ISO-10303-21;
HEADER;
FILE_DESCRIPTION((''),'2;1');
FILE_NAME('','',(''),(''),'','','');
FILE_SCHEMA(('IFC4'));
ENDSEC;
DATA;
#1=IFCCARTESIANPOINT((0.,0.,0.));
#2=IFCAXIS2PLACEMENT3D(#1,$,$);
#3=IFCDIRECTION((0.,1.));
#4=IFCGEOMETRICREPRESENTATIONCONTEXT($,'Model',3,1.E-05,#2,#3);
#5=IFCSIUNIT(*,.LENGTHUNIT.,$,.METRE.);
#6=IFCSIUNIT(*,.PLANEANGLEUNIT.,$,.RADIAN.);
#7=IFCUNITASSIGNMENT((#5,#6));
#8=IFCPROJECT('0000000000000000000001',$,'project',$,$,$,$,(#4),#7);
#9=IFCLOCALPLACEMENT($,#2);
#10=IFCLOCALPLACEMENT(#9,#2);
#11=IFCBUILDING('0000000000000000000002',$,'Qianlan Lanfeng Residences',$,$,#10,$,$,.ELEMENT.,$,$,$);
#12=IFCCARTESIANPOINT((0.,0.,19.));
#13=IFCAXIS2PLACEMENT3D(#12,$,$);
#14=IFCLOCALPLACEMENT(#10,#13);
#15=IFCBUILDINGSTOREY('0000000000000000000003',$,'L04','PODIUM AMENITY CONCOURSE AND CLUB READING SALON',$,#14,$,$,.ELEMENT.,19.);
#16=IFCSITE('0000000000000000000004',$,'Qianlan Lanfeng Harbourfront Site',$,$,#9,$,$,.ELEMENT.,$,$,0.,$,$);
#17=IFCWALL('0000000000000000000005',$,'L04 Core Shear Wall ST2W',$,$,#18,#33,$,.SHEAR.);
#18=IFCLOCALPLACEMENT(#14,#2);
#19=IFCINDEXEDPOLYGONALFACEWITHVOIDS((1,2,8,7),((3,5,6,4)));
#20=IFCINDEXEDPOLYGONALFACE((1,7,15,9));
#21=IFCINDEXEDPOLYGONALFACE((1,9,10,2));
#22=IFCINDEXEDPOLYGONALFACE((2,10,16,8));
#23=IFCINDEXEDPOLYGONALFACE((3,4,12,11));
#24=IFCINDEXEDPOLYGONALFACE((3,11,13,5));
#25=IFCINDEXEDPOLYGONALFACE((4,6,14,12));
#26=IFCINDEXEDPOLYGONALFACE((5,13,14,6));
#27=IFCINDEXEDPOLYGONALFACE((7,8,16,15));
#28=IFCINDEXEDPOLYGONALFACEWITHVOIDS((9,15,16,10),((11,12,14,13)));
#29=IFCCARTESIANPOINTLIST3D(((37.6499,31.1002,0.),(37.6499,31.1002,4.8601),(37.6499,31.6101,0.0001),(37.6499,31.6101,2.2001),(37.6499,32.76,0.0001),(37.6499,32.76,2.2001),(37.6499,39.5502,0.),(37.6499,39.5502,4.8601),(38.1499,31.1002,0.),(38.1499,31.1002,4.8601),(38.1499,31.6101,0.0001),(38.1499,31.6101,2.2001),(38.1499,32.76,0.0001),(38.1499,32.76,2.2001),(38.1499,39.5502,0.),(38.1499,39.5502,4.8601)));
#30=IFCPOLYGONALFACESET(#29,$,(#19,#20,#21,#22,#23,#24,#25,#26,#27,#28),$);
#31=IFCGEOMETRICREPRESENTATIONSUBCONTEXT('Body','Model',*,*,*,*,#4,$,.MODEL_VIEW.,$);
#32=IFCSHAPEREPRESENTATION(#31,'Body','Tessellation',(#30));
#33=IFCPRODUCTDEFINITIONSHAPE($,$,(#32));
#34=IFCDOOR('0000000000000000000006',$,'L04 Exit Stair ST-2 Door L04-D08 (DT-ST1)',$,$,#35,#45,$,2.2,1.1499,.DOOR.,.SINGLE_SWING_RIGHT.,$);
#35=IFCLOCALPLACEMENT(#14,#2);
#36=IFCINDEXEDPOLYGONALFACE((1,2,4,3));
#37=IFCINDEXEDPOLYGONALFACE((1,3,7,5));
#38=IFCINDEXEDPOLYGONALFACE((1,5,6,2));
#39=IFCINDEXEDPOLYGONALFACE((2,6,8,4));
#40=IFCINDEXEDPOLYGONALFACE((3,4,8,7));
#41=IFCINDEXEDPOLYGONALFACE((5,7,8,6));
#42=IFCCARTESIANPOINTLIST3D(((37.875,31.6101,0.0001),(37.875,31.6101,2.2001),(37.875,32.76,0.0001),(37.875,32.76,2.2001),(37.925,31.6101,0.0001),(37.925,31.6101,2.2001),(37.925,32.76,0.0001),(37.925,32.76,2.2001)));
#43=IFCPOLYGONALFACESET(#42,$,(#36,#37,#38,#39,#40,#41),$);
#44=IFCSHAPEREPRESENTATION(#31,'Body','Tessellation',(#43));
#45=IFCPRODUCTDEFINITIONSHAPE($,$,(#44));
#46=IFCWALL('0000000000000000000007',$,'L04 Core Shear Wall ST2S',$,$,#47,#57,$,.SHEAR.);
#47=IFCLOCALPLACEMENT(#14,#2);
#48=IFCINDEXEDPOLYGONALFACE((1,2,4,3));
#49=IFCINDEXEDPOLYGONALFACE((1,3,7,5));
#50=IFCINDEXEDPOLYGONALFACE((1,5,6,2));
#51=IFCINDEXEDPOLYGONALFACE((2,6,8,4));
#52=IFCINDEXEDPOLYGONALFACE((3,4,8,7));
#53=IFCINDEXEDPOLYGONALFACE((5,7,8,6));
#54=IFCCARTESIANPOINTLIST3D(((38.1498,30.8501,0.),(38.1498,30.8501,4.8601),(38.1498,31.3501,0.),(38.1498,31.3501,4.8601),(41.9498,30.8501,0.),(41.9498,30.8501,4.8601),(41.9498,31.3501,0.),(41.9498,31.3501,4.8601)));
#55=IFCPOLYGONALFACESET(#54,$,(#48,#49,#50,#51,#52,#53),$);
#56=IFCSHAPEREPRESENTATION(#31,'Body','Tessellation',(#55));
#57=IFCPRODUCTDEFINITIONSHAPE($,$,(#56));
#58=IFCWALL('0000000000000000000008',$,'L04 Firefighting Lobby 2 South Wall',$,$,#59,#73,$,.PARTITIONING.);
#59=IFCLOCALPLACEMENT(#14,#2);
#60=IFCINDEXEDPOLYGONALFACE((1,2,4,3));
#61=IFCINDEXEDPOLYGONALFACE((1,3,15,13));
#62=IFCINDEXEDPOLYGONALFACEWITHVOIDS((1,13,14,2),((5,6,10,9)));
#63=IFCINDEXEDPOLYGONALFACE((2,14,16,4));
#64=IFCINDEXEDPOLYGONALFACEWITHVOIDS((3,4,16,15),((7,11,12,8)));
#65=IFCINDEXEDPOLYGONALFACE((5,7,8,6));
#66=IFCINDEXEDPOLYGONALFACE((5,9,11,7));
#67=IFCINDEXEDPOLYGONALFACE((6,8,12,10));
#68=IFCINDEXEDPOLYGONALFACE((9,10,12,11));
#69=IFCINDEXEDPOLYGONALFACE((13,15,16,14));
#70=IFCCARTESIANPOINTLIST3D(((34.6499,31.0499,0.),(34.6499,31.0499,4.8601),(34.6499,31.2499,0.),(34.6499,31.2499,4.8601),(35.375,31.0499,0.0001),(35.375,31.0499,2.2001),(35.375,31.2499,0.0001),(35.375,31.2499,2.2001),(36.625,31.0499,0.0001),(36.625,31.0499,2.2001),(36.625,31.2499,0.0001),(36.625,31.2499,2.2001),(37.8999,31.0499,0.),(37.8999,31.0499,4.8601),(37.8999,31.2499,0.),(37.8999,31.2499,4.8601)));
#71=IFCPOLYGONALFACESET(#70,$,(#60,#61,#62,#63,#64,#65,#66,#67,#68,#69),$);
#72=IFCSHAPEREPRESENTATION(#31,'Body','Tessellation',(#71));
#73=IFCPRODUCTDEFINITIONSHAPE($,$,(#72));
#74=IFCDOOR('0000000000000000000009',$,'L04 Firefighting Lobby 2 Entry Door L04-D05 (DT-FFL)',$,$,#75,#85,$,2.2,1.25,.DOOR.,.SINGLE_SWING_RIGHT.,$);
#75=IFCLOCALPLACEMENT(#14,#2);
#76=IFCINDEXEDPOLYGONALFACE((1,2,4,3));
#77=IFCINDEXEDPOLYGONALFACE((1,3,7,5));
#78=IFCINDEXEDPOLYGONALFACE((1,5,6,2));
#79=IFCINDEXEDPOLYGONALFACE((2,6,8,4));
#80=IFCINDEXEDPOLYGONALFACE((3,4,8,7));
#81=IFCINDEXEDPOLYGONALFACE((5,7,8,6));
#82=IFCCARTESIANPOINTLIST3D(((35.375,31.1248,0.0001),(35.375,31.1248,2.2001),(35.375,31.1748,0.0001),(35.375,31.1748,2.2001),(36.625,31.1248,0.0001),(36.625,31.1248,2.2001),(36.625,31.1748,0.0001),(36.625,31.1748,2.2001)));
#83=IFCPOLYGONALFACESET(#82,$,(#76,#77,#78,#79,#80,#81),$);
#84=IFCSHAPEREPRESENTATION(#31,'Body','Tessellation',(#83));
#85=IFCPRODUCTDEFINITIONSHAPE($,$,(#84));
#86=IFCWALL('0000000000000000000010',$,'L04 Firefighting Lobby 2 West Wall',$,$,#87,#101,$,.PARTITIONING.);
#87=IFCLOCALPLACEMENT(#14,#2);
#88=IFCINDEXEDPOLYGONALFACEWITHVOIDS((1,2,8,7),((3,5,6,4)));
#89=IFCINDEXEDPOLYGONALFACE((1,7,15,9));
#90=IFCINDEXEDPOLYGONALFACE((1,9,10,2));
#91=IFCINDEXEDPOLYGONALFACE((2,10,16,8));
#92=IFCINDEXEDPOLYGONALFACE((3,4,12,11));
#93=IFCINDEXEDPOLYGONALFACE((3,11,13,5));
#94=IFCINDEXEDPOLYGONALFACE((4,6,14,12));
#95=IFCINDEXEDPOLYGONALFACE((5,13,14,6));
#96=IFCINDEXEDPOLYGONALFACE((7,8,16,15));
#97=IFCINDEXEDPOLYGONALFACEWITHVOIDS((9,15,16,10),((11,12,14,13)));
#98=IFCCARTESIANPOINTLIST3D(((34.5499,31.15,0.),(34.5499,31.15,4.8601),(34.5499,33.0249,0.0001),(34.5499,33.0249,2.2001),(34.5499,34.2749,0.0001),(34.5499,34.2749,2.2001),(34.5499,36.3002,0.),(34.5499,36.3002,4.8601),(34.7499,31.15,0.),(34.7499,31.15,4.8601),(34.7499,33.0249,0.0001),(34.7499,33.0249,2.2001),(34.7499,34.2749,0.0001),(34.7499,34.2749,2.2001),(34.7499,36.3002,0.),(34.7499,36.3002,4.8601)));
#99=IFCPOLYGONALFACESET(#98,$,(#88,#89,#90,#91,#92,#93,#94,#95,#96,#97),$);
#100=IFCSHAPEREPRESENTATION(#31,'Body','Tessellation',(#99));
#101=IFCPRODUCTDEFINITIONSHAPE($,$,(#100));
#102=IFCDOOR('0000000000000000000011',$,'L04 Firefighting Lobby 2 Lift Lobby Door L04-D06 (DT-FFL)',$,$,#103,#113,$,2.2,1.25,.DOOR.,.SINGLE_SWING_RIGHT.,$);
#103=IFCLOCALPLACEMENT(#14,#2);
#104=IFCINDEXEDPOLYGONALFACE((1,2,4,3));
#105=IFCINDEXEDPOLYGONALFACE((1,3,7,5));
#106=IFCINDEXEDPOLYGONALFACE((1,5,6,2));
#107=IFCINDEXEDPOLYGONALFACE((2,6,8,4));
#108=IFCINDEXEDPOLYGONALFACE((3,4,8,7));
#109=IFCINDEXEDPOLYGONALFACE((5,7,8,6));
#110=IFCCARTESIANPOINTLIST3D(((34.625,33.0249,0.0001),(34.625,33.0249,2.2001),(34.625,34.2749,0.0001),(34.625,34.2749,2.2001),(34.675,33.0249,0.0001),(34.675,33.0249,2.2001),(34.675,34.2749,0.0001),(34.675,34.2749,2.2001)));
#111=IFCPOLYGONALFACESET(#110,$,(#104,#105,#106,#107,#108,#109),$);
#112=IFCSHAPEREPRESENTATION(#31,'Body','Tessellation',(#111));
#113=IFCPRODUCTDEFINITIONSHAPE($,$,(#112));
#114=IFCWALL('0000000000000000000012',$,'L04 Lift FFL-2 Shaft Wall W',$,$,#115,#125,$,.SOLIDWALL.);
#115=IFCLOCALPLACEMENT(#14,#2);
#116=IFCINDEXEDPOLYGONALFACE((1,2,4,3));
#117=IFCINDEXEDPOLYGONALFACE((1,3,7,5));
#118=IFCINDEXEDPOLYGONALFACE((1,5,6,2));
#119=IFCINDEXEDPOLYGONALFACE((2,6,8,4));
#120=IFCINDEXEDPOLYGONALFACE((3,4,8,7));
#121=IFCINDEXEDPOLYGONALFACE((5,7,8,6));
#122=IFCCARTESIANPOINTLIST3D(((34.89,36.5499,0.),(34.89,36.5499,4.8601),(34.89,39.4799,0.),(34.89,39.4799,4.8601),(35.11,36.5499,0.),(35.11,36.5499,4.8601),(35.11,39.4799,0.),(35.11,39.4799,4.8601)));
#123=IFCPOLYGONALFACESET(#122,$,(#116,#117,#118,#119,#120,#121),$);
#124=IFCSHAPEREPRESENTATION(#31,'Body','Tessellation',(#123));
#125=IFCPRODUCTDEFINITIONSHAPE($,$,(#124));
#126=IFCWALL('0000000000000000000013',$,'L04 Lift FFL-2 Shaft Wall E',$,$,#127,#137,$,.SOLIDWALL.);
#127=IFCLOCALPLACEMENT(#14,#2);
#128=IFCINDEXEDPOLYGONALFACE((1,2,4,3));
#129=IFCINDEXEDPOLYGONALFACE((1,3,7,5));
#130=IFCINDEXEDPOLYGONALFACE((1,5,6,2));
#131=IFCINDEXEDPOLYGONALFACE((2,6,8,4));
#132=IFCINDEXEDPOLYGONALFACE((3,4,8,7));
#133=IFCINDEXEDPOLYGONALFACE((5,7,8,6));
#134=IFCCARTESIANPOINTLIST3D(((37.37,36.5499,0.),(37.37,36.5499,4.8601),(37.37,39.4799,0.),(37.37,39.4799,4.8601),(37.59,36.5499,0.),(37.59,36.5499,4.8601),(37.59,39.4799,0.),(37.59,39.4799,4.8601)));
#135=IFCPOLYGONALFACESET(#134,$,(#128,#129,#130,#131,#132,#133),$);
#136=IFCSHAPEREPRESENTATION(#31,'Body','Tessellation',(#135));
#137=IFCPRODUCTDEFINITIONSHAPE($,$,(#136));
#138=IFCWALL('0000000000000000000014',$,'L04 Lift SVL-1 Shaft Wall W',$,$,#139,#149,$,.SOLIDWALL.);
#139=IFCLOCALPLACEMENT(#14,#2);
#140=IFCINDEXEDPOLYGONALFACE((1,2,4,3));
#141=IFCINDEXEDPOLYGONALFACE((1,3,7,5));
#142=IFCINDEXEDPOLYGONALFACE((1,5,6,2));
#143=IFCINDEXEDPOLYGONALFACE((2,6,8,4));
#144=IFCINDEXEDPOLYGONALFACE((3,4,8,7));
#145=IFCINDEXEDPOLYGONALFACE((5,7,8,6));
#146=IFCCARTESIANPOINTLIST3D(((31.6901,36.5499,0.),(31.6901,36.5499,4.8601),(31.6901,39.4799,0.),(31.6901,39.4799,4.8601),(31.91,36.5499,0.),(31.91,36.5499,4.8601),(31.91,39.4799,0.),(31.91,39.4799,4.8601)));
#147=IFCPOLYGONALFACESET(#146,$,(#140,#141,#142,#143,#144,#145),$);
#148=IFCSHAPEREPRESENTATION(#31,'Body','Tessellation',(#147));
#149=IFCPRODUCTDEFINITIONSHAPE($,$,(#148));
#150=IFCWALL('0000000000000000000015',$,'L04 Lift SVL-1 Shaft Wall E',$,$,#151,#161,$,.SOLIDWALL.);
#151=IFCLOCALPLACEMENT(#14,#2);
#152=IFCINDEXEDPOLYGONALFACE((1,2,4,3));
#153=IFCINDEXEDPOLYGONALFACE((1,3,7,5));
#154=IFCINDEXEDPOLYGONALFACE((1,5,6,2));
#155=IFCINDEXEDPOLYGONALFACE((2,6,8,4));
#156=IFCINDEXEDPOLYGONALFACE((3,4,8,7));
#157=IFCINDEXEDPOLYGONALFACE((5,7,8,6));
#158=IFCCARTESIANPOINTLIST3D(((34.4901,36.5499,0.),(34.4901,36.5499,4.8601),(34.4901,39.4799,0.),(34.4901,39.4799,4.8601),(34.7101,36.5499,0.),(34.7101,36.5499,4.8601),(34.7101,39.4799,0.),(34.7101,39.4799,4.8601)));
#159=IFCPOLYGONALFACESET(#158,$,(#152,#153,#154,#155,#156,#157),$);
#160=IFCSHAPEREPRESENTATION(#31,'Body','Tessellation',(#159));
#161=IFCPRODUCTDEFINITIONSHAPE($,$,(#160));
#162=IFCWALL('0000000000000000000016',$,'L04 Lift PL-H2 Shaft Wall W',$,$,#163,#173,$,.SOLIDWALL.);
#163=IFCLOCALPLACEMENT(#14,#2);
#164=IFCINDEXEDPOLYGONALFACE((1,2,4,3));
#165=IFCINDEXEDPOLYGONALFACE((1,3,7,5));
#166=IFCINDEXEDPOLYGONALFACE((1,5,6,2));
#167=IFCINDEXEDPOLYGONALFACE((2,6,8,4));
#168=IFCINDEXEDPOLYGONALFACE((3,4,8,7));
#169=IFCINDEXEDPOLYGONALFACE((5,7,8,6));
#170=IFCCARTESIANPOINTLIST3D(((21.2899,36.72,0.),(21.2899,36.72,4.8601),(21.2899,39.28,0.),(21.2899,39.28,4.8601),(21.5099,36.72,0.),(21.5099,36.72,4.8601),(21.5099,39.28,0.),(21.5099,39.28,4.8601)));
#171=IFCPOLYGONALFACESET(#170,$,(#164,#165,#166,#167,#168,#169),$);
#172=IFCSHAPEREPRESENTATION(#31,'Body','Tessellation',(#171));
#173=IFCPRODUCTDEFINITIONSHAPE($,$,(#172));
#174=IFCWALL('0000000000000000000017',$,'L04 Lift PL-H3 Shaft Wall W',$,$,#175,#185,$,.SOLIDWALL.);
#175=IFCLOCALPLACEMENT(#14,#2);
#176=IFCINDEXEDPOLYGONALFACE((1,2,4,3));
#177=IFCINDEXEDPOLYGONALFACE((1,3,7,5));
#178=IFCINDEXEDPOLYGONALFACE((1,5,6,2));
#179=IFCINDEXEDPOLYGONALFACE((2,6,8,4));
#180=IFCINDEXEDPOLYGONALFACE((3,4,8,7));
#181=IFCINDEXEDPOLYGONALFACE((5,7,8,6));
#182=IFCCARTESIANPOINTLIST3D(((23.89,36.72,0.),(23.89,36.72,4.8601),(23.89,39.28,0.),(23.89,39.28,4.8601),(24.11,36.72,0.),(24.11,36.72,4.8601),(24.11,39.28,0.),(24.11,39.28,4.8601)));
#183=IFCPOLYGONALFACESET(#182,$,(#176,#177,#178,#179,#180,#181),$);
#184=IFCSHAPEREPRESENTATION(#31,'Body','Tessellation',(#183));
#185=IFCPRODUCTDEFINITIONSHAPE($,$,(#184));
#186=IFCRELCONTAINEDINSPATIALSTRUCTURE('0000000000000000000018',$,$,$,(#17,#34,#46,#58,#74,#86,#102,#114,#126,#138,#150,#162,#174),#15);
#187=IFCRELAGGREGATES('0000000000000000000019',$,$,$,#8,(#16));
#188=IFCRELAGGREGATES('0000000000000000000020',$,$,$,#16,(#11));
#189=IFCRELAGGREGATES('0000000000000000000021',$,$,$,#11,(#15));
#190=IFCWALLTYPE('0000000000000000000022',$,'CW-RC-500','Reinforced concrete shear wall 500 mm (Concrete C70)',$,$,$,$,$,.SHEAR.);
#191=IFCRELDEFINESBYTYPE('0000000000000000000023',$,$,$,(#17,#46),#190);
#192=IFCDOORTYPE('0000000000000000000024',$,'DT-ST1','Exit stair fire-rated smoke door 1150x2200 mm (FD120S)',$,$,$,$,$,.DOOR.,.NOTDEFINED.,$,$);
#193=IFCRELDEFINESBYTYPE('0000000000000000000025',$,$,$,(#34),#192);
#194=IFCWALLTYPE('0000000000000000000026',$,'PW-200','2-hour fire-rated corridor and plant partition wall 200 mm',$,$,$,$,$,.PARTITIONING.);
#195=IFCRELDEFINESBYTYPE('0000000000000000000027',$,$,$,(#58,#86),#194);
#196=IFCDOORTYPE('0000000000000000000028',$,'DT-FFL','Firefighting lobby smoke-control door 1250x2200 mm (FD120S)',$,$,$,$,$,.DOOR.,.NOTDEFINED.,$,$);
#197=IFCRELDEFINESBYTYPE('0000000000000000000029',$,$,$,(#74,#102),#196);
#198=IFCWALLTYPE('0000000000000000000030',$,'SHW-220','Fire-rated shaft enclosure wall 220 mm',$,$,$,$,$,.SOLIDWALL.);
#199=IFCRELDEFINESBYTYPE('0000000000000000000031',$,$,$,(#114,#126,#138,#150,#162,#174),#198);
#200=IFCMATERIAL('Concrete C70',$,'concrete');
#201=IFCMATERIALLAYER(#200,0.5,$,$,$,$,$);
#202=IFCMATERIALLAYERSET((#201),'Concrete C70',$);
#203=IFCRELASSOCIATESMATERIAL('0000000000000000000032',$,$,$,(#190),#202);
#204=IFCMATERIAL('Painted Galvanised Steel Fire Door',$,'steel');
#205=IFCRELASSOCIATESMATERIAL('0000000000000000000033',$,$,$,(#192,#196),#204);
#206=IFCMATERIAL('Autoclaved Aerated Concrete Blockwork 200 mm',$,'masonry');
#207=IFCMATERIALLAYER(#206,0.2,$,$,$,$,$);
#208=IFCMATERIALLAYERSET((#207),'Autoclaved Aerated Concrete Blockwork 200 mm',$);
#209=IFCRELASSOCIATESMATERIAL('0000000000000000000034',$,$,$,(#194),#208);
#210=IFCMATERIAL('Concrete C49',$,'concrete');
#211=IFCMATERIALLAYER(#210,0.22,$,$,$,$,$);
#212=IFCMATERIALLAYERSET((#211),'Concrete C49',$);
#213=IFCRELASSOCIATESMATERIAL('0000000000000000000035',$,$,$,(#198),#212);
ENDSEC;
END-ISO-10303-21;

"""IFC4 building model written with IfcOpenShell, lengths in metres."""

from ifc_helpers import new_model, si_unit, direction, frame, frame_2d, origin, place, context, subcontext, project, spatial, rectangle, extrude, material, layer, layer_set, type_object, element, fill, save


model = new_model("IFC4")

# Units and contexts
model_context = context("Model", 3, precision=1e-05, world=origin(), true_north=direction((0.0, 1.0)))
body_context = subcontext(model_context, "Body", "Model", "MODEL_VIEW")
ifc_project = project(units=[si_unit("LENGTHUNIT", "METRE"), si_unit("PLANEANGLEUNIT", "RADIAN")], contexts=[model_context])

# Site, building, storey
site_placement = place(None, origin())
site = spatial("IfcSite", under=ifc_project, at=site_placement, Name="Qianlan Lanfeng Harbourfront Site", CompositionType="ELEMENT", RefElevation=0.0)
building_placement = place(site_placement, origin())
building = spatial("IfcBuilding", under=site, at=building_placement, Name="Qianlan Lanfeng Residences", CompositionType="ELEMENT")
storey_placement = place(building_placement, frame((0.0, 0.0, 19.0)))
storey = spatial("IfcBuildingStorey", under=building, at=storey_placement, Name="L04", Description="PODIUM AMENITY CONCOURSE AND CLUB READING SALON", CompositionType="ELEMENT", Elevation=19.0)

# Wall, opening, door
ifc_material_1 = material(Name="Concrete C70", Category="concrete")
ifc_layer_1 = layer(ifc_material_1, 0.5)
ifc_layer_set_1 = layer_set([ifc_layer_1], Name="Concrete C70")
wall_type_1 = type_object("IfcWallType", Name="CW-RC-500", Description="Reinforced concrete shear wall 500 mm (Concrete C70)", PredefinedType="SHEAR", material=ifc_layer_set_1)
wall_1_placement = place(storey_placement, frame((37.8999, 31.1001, 0.0), z_axis=(0.0, 0.0, 1.0), x_axis=(0.0, 1.0, 0.0)))
wall_1 = element("IfcWall", 1, at=wall_1_placement, inside=storey, type_object=wall_type_1, Name="L04 Core Shear Wall ST2W", PredefinedType="SHEAR", context=body_context, shape_type="SweptSolid", body=[
    extrude(rectangle(XDim=8.45, YDim=0.5, at=frame_2d((4.2251, 0.0))), origin(), (0.0, 0.0, 1.0), 4.8601),
])
opening_1_placement = place(wall_1_placement, frame((0.51, 0.0, 0.0)))
opening_1 = element("IfcOpeningElement", 2, at=opening_1_placement, cuts=wall_1, PredefinedType="OPENING", context=body_context, shape_type="SweptSolid", body=[
    extrude(rectangle(XDim=1.1499, YDim=2.2, at=frame_2d((0.575, 1.1001))), frame((0.0, 0.26, 0.0), z_axis=(0.0, -1.0, 0.0), x_axis=(1.0, 0.0, 0.0)), (0.0, 0.0, 1.0), 0.52),
])
ifc_material_2 = material(Name="Painted Galvanised Steel Fire Door", Category="steel")
door_type_1 = type_object("IfcDoorType", Name="DT-ST1", Description="Exit stair fire-rated smoke door 1150x2200 mm (FD120S)", OperationType="NOTDEFINED", PredefinedType="DOOR", material=ifc_material_2)
door_1_placement = place(opening_1_placement, origin())
door_1 = element("IfcDoor", 3, at=door_1_placement, inside=storey, type_object=door_type_1, Name="L04 Exit Stair ST-2 Door L04-D08 (DT-ST1)", OperationType="SINGLE_SWING_RIGHT", OverallHeight=2.2, OverallWidth=1.1499, PredefinedType="DOOR", context=body_context, shape_type="SweptSolid", body=[
    extrude(rectangle(XDim=1.1499, YDim=2.2, at=frame_2d((0.575, 1.1001))), frame((0.0, 0.0249, 0.0), z_axis=(0.0, -1.0, 0.0), x_axis=(1.0, 0.0, 0.0)), (0.0, 0.0, 1.0), 0.05),
])
fill(opening_1, door_1)

# Wall
wall_2_placement = place(storey_placement, frame((38.1499, 31.1001, 0.0), z_axis=(0.0, 0.0, 1.0), x_axis=(1.0, 0.0, 0.0)))
element("IfcWall", 4, at=wall_2_placement, inside=storey, type_object=wall_type_1, Name="L04 Core Shear Wall ST2S", PredefinedType="SHEAR", context=body_context, shape_type="SweptSolid", body=[
    extrude(rectangle(XDim=3.8, YDim=0.5, at=frame_2d((1.8999, 0.0))), origin(), (0.0, 0.0, 1.0), 4.8601),
])

# Walls, openings, doors
ifc_material_3 = material(Name="Autoclaved Aerated Concrete Blockwork 200 mm", Category="masonry")
ifc_layer_2 = layer(ifc_material_3, 0.2)
ifc_layer_set_2 = layer_set([ifc_layer_2], Name="Autoclaved Aerated Concrete Blockwork 200 mm")
wall_type_2 = type_object("IfcWallType", Name="PW-200", Description="2-hour fire-rated corridor and plant partition wall 200 mm", PredefinedType="PARTITIONING", material=ifc_layer_set_2)
wall_3_placement = place(storey_placement, frame((34.6499, 31.1499, 0.0), z_axis=(0.0, 0.0, 1.0), x_axis=(1.0, 0.0, 0.0)))
wall_3 = element("IfcWall", 5, at=wall_3_placement, inside=storey, type_object=wall_type_2, Name="L04 Firefighting Lobby 2 South Wall", PredefinedType="PARTITIONING", context=body_context, shape_type="SweptSolid", body=[
    extrude(rectangle(XDim=3.25, YDim=0.2, at=frame_2d((1.625, 0.0))), origin(), (0.0, 0.0, 1.0), 4.8601),
])
opening_2_placement = place(wall_3_placement, frame((0.7251, 0.0, 0.0)))
opening_2 = element("IfcOpeningElement", 6, at=opening_2_placement, cuts=wall_3, PredefinedType="OPENING", context=body_context, shape_type="SweptSolid", body=[
    extrude(rectangle(XDim=1.25, YDim=2.2, at=frame_2d((0.625, 1.1001))), frame((0.0, 0.1099, 0.0), z_axis=(0.0, -1.0, 0.0), x_axis=(1.0, 0.0, 0.0)), (0.0, 0.0, 1.0), 0.22),
])
door_type_2 = type_object("IfcDoorType", Name="DT-FFL", Description="Firefighting lobby smoke-control door 1250x2200 mm (FD120S)", OperationType="NOTDEFINED", PredefinedType="DOOR", material=ifc_material_2)
door_2_placement = place(opening_2_placement, origin())
door_2 = element("IfcDoor", 7, at=door_2_placement, inside=storey, type_object=door_type_2, Name="L04 Firefighting Lobby 2 Entry Door L04-D05 (DT-FFL)", OperationType="SINGLE_SWING_RIGHT", OverallHeight=2.2, OverallWidth=1.25, PredefinedType="DOOR", context=body_context, shape_type="SweptSolid", body=[
    extrude(rectangle(XDim=1.25, YDim=2.2, at=frame_2d((0.625, 1.1001))), frame((0.0, 0.0249, 0.0), z_axis=(0.0, -1.0, 0.0), x_axis=(1.0, 0.0, 0.0)), (0.0, 0.0, 1.0), 0.05),
])
fill(opening_2, door_2)
wall_4_placement = place(storey_placement, frame((34.6499, 31.1499, 0.0), z_axis=(0.0, 0.0, 1.0), x_axis=(0.0, 1.0, 0.0)))
wall_4 = element("IfcWall", 8, at=wall_4_placement, inside=storey, type_object=wall_type_2, Name="L04 Firefighting Lobby 2 West Wall", PredefinedType="PARTITIONING", context=body_context, shape_type="SweptSolid", body=[
    extrude(rectangle(XDim=5.1501, YDim=0.2, at=frame_2d((2.5752, 0.0))), origin(), (0.0, 0.0, 1.0), 4.8601),
])
opening_3_placement = place(wall_4_placement, frame((1.875, 0.0, 0.0)))
opening_3 = element("IfcOpeningElement", 9, at=opening_3_placement, cuts=wall_4, PredefinedType="OPENING", context=body_context, shape_type="SweptSolid", body=[
    extrude(rectangle(XDim=1.25, YDim=2.2, at=frame_2d((0.625, 1.1001))), frame((0.0, 0.1099, 0.0), z_axis=(0.0, -1.0, 0.0), x_axis=(1.0, 0.0, 0.0)), (0.0, 0.0, 1.0), 0.22),
])
door_3_placement = place(opening_3_placement, origin())
door_3 = element("IfcDoor", 10, at=door_3_placement, inside=storey, type_object=door_type_2, Name="L04 Firefighting Lobby 2 Lift Lobby Door L04-D06 (DT-FFL)", OperationType="SINGLE_SWING_RIGHT", OverallHeight=2.2, OverallWidth=1.25, PredefinedType="DOOR", context=body_context, shape_type="SweptSolid", body=[
    extrude(rectangle(XDim=1.25, YDim=2.2, at=frame_2d((0.625, 1.1001))), frame((0.0, 0.0249, 0.0), z_axis=(0.0, -1.0, 0.0), x_axis=(1.0, 0.0, 0.0)), (0.0, 0.0, 1.0), 0.05),
])
fill(opening_3, door_3)

# Walls
ifc_material_4 = material(Name="Concrete C49", Category="concrete")
ifc_layer_3 = layer(ifc_material_4, 0.22)
ifc_layer_set_3 = layer_set([ifc_layer_3], Name="Concrete C49")
wall_type_3 = type_object("IfcWallType", Name="SHW-220", Description="Fire-rated shaft enclosure wall 220 mm", PredefinedType="SOLIDWALL", material=ifc_layer_set_3)
for number, where, z_axis, x_axis, name in (
    (11, (35.0, 36.55, 0.0), (0.0, 0.0, 1.0), (0.0, 1.0, 0.0), "L04 Lift FFL-2 Shaft Wall W"),
    (12, (37.48, 36.55, 0.0), (0.0, 0.0, 1.0), (0.0, 1.0, 0.0), "L04 Lift FFL-2 Shaft Wall E"),
    (13, (31.8, 36.55, 0.0), (0.0, 0.0, 1.0), (0.0, 1.0, 0.0), "L04 Lift SVL-1 Shaft Wall W"),
    (14, (34.6001, 36.55, 0.0), (0.0, 0.0, 1.0), (0.0, 1.0, 0.0), "L04 Lift SVL-1 Shaft Wall E"),
):
    element("IfcWall", number, at=place(storey_placement, frame(where, z_axis=z_axis, x_axis=x_axis)), inside=storey, type_object=wall_type_3, Name=name, PredefinedType="SOLIDWALL", context=body_context, shape_type="SweptSolid", body=[
        extrude(rectangle(XDim=2.9299, YDim=0.22, at=frame_2d((1.4648, 0.0))), origin(), (0.0, 0.0, 1.0), 4.8601),
    ])
for number, where, z_axis, x_axis, name in (
    (15, (21.3999, 36.72, 0.0), (0.0, 0.0, 1.0), (0.0, 1.0, 0.0), "L04 Lift PL-H2 Shaft Wall W"),
    (16, (24.0, 36.72, 0.0), (0.0, 0.0, 1.0), (0.0, 1.0, 0.0), "L04 Lift PL-H3 Shaft Wall W"),
):
    element("IfcWall", number, at=place(storey_placement, frame(where, z_axis=z_axis, x_axis=x_axis)), inside=storey, type_object=wall_type_3, Name=name, PredefinedType="SOLIDWALL", context=body_context, shape_type="SweptSolid", body=[
        extrude(rectangle(XDim=2.5601, YDim=0.22, at=frame_2d((1.28, 0.0))), origin(), (0.0, 0.0, 1.0), 4.8601),
    ])

save(model, "model.ifc")
